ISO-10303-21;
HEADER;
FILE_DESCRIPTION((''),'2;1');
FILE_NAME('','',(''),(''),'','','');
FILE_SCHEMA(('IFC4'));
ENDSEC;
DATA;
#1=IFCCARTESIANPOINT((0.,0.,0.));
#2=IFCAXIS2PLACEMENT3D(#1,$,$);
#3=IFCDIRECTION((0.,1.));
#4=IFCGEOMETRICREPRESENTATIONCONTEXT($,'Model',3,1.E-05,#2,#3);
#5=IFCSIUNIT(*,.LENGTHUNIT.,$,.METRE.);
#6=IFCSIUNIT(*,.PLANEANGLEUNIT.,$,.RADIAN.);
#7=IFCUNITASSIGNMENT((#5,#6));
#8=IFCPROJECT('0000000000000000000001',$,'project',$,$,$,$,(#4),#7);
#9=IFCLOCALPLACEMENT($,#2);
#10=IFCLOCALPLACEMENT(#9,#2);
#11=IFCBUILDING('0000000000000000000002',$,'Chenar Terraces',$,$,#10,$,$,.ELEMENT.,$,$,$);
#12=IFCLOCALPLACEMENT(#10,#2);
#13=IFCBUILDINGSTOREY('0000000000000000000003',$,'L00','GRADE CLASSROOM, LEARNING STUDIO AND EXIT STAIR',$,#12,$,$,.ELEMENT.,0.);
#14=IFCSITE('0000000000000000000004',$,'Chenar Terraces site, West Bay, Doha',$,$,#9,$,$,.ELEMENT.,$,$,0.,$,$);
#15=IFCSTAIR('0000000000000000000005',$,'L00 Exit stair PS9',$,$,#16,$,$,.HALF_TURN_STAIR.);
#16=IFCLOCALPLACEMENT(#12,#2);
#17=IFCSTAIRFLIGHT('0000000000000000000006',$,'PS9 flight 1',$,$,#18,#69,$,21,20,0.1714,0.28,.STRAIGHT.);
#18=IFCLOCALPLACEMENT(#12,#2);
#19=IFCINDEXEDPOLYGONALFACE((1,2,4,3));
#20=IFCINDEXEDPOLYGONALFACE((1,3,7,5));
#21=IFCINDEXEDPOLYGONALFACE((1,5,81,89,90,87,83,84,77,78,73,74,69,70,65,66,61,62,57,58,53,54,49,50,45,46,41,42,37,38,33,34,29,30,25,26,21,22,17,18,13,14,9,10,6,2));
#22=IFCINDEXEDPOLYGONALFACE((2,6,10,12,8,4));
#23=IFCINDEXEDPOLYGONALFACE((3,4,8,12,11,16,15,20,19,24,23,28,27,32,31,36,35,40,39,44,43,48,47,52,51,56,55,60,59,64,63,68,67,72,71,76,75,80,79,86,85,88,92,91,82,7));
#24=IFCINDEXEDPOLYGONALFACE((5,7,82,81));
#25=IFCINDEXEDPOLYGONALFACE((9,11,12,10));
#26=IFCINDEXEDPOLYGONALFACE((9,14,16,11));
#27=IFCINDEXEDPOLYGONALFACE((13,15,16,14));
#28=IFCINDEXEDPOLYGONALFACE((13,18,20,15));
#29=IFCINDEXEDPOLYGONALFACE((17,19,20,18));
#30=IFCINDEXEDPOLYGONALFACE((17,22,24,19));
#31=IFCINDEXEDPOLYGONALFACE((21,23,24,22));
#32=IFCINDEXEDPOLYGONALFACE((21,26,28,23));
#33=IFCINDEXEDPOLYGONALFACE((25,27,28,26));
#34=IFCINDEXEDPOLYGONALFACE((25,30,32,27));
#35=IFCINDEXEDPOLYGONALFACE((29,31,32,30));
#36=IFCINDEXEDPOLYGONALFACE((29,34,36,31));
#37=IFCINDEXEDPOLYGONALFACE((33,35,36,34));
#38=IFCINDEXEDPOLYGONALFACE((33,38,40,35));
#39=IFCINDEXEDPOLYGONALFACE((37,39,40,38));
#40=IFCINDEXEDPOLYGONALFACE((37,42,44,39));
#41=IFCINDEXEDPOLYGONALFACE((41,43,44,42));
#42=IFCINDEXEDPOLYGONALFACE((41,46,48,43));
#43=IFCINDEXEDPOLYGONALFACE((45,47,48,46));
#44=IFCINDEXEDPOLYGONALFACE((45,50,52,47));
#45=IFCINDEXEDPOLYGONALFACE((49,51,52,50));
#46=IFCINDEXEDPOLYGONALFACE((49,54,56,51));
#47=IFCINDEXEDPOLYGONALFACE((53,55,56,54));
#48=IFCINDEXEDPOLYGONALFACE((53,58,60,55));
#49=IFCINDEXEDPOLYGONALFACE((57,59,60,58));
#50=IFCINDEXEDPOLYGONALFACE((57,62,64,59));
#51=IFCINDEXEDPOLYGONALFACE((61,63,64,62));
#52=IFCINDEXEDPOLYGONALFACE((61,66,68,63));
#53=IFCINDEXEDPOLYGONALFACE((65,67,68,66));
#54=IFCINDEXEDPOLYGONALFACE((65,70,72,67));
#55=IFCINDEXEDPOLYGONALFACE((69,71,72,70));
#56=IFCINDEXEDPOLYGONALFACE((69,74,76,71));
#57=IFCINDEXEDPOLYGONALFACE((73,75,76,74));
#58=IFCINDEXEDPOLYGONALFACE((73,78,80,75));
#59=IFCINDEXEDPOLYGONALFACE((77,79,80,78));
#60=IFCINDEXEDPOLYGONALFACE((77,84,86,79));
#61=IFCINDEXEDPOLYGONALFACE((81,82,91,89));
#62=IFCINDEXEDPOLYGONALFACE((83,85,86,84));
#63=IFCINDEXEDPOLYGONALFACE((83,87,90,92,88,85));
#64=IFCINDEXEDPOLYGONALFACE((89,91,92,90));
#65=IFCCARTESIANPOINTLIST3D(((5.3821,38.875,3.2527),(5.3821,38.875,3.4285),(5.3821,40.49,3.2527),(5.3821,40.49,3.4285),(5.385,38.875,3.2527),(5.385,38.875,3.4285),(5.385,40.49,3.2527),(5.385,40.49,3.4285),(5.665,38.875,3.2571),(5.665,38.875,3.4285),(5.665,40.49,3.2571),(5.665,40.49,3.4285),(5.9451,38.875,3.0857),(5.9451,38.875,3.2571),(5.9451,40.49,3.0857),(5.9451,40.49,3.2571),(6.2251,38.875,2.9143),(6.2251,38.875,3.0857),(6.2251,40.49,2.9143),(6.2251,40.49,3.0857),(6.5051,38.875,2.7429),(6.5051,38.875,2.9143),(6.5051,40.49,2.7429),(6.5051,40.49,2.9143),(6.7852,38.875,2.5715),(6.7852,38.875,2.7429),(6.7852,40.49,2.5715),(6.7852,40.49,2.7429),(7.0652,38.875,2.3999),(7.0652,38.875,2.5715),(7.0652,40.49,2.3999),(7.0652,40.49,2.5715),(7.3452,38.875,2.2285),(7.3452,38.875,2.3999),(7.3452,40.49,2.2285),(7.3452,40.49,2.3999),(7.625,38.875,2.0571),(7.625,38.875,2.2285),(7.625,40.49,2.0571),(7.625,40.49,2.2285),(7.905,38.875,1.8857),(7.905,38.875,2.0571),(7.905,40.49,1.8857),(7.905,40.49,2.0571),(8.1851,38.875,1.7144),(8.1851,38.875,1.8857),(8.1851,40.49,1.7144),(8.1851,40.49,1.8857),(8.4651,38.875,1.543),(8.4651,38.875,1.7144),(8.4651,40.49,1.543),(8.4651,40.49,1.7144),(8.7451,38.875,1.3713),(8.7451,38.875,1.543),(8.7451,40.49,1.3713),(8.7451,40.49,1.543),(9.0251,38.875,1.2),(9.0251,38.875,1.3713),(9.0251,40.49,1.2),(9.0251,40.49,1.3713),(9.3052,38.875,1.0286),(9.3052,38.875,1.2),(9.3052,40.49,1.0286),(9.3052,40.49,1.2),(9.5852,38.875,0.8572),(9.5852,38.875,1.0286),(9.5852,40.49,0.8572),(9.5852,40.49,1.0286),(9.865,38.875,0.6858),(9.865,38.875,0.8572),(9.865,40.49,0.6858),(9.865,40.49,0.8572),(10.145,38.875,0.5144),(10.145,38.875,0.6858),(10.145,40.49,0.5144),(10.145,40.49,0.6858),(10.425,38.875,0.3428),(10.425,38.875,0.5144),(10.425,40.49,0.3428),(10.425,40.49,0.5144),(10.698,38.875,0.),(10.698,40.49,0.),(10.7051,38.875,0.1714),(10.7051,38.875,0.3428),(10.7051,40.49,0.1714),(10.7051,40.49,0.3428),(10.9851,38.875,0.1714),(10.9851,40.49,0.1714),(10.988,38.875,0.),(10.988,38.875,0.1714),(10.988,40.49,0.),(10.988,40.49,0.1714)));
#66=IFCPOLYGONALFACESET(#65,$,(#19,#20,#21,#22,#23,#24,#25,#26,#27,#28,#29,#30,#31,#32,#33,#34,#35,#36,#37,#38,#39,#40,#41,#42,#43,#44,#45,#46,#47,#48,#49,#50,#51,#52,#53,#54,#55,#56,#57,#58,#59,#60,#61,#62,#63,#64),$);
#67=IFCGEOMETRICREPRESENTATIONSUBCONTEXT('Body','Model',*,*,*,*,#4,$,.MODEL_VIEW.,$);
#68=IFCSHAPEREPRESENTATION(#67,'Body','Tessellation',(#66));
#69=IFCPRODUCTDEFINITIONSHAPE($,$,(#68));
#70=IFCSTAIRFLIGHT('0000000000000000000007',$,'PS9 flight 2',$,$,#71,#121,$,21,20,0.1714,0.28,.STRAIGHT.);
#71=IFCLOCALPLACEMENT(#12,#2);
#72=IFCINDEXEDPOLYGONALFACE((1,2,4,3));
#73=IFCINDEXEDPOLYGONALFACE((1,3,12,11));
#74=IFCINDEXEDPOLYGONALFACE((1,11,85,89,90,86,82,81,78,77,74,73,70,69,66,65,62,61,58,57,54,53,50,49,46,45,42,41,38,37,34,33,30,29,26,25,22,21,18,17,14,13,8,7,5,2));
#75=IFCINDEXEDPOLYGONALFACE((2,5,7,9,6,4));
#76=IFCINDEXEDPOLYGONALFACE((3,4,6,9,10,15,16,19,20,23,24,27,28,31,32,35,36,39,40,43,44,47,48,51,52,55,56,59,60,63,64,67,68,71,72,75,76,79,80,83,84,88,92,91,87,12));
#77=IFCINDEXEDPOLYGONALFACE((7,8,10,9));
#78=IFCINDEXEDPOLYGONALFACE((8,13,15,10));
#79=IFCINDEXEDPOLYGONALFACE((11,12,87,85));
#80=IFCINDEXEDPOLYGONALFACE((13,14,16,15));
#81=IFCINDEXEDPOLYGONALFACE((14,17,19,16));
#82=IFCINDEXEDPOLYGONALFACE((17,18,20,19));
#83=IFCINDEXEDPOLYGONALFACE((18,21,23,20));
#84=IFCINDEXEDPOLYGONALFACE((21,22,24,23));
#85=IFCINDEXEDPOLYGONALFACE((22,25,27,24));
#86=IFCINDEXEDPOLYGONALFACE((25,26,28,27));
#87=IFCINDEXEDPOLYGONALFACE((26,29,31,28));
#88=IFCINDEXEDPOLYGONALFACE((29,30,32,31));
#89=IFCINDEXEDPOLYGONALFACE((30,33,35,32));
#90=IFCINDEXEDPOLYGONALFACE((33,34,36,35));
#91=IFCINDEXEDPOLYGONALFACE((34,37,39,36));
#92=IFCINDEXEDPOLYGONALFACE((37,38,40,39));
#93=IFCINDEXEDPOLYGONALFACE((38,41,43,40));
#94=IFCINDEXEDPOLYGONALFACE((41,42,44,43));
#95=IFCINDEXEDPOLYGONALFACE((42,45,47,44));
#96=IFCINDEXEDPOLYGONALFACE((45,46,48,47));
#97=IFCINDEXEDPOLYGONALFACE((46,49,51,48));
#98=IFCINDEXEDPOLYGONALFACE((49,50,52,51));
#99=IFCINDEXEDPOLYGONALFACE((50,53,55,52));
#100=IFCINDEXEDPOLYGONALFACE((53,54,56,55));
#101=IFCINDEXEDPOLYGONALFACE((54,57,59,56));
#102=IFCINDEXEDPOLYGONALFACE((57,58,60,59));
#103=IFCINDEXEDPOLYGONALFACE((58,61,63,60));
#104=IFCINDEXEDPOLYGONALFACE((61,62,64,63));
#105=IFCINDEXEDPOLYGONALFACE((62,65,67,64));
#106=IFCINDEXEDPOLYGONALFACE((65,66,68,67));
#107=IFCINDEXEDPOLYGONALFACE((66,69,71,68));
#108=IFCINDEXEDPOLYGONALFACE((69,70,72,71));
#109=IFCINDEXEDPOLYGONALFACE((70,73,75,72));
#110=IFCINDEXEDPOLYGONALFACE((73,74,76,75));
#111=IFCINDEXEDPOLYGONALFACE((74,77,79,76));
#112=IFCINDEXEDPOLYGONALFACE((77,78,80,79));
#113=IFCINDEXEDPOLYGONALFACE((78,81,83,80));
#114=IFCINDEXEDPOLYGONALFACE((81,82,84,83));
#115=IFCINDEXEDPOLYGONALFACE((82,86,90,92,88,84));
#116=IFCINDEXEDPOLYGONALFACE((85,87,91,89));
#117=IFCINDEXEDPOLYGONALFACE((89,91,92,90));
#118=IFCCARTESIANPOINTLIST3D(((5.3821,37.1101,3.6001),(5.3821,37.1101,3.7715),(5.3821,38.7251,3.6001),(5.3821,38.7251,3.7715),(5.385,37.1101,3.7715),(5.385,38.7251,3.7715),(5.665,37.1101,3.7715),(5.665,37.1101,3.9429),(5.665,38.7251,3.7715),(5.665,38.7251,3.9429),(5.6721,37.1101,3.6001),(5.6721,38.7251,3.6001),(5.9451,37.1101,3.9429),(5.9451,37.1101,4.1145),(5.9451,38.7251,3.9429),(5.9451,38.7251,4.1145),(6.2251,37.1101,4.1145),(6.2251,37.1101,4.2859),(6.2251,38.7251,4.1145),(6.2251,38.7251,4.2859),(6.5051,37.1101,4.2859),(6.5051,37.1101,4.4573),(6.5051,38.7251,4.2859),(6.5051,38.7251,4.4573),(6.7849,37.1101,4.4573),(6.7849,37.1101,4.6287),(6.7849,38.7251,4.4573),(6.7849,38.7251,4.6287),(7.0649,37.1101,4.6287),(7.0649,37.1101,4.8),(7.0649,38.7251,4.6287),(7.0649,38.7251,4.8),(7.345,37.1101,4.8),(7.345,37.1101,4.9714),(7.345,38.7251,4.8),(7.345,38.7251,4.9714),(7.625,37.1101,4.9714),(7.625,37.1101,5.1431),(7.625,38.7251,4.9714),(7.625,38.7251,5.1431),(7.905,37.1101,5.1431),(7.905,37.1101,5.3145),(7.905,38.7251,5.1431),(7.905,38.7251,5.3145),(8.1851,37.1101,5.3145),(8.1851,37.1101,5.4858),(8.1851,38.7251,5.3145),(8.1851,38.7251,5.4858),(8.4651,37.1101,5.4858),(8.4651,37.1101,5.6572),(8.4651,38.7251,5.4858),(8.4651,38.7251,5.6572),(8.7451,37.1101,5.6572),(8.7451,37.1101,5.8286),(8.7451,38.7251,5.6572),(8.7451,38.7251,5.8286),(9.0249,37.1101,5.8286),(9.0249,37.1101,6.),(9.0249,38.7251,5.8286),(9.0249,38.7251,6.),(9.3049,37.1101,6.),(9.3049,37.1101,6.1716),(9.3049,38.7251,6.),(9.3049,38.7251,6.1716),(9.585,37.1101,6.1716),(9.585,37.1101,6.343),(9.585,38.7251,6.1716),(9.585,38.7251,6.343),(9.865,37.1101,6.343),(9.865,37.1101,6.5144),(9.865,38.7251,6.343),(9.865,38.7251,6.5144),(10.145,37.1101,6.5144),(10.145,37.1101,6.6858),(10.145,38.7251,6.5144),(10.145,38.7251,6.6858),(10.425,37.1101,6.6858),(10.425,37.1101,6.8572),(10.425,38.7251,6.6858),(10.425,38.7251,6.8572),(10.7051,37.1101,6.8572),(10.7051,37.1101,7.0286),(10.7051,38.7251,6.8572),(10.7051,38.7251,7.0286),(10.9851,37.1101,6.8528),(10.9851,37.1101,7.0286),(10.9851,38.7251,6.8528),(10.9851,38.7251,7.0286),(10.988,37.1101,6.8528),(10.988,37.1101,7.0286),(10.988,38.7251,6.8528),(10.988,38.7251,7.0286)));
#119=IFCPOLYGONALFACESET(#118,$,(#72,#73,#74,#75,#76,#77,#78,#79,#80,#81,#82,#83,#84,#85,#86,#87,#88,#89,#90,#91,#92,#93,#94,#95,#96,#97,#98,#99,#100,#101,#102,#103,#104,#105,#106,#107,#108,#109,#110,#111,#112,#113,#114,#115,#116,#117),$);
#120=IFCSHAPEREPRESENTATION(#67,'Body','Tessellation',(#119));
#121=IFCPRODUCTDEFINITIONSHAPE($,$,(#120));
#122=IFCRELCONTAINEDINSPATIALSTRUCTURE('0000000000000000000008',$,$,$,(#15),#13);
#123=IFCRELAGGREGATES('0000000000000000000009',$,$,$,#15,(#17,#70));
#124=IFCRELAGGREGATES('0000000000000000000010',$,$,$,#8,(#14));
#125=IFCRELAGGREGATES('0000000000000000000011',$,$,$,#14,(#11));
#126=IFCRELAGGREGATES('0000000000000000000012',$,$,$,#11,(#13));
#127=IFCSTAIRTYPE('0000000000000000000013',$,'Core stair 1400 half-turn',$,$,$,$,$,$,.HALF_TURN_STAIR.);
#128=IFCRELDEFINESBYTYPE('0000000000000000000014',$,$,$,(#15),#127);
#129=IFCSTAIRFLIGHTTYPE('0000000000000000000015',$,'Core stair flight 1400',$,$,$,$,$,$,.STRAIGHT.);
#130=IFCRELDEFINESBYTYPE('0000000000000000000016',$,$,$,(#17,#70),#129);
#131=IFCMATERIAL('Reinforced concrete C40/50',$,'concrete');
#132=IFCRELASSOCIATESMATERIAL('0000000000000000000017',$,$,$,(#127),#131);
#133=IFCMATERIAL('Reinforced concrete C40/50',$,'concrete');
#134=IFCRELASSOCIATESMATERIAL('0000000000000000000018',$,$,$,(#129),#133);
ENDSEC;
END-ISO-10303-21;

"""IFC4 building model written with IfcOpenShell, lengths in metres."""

from ifc_helpers import new_model, si_unit, direction, frame, origin, place, context, subcontext, project, spatial, polyline, outline, extrude, material, type_object, element, aggregate, save


model = new_model("IFC4")

# Units and contexts
model_context = context("Model", 3, precision=1e-05, world=origin(), true_north=direction((0.0, 1.0)))
body_context = subcontext(model_context, "Body", "Model", "MODEL_VIEW")
ifc_project = project(units=[si_unit("LENGTHUNIT", "METRE"), si_unit("PLANEANGLEUNIT", "RADIAN")], contexts=[model_context])

# Site, building, storey
site_placement = place(None, origin())
site = spatial("IfcSite", under=ifc_project, at=site_placement, Name="Chenar Terraces site, West Bay, Doha", CompositionType="ELEMENT", RefElevation=0.0)
building_placement = place(site_placement, origin())
building = spatial("IfcBuilding", under=site, at=building_placement, Name="Chenar Terraces", CompositionType="ELEMENT")
storey_placement = place(building_placement, origin())
storey = spatial("IfcBuildingStorey", under=building, at=storey_placement, Name="L00", Description="GRADE CLASSROOM, LEARNING STUDIO AND EXIT STAIR", CompositionType="ELEMENT", Elevation=0.0)

# Stair, stair flights
ifc_material_1 = material(Name="Reinforced concrete C40/50", Category="concrete")
stair_type = type_object("IfcStairType", Name="Core stair 1400 half-turn", PredefinedType="HALF_TURN_STAIR", material=ifc_material_1)
placement = place(storey_placement, origin())
ifc_material_2 = material(Name="Reinforced concrete C40/50", Category="concrete")
stair_flight_type = type_object("IfcStairFlightType", Name="Core stair flight 1400", PredefinedType="STRAIGHT", material=ifc_material_2)
stair_1 = element("IfcStair", 1, at=placement, inside=storey, type_object=stair_type, Name="L00 Exit stair PS9", PredefinedType="HALF_TURN_STAIR")
stair_flight_1_placement = place(storey_placement, frame((10.9851, 39.6826, 0.0), z_axis=(0.0, 0.0, 1.0), x_axis=(-1.0, 0.0, 0.0)))
stair_flight_1 = element("IfcStairFlight", 2, at=stair_flight_1_placement, type_object=stair_flight_type, Name="PS9 flight 1", NumberOfRisers=21, NumberOfTreads=20, PredefinedType="STRAIGHT", RiserHeight=0.1714, TreadLength=0.28, context=body_context, shape_type="SweptSolid", body=[
    extrude(outline(polyline([(-0.0029, 0.0), (-0.0029, 0.1714), (0.0, 0.1714), (0.28, 0.1714), (0.28, 0.3428), (0.5601, 0.3428), (0.5601, 0.5144), (0.8401, 0.5144), (0.8401, 0.6858), (1.1201, 0.6858), (1.1201, 0.8572), (1.3999, 0.8572), (1.3999, 1.0286), (1.6799, 1.0286), (1.6799, 1.2), (1.96, 1.2), (1.96, 1.3713), (2.24, 1.3713), (2.24, 1.543), (2.52, 1.543), (2.52, 1.7144), (2.8, 1.7144), (2.8, 1.8857), (3.0801, 1.8857), (3.0801, 2.0571), (3.3601, 2.0571), (3.3601, 2.2285), (3.6399, 2.2285), (3.6399, 2.3999), (3.9199, 2.3999), (3.9199, 2.5715), (4.2, 2.5715), (4.2, 2.7429), (4.48, 2.7429), (4.48, 2.9143), (4.76, 2.9143), (4.76, 3.0857), (5.04, 3.0857), (5.04, 3.2571), (5.3201, 3.2571), (5.3201, 3.4285), (5.6001, 3.4285), (5.603, 3.4285), (5.603, 3.2527), (5.6001, 3.2527), (0.2871, 0.0), (-0.0029, 0.0)])), frame((0.0, 0.8076, 0.0), z_axis=(0.0, -1.0, 0.0), x_axis=(1.0, 0.0, 0.0)), (0.0, 0.0, 1.0), 1.615),
])
stair_flight_2_placement = place(storey_placement, frame((5.385, 37.9175, 3.6001), z_axis=(0.0, 0.0, 1.0), x_axis=(1.0, 0.0, 0.0)))
stair_flight_2 = element("IfcStairFlight", 3, at=stair_flight_2_placement, type_object=stair_flight_type, Name="PS9 flight 2", NumberOfRisers=21, NumberOfTreads=20, PredefinedType="STRAIGHT", RiserHeight=0.1714, TreadLength=0.28, context=body_context, shape_type="SweptSolid", body=[
    extrude(outline(polyline([(-0.0029, 0.0), (-0.0029, 0.1714), (0.0, 0.1714), (0.28, 0.1714), (0.28, 0.3428), (0.5601, 0.3428), (0.5601, 0.5144), (0.8401, 0.5144), (0.8401, 0.6858), (1.1201, 0.6858), (1.1201, 0.8572), (1.3999, 0.8572), (1.3999, 1.0286), (1.6799, 1.0286), (1.6799, 1.2), (1.96, 1.2), (1.96, 1.3713), (2.24, 1.3713), (2.24, 1.543), (2.52, 1.543), (2.52, 1.7144), (2.8, 1.7144), (2.8, 1.8857), (3.0801, 1.8857), (3.0801, 2.0571), (3.3601, 2.0571), (3.3601, 2.2285), (3.6399, 2.2285), (3.6399, 2.3999), (3.9199, 2.3999), (3.9199, 2.5715), (4.2, 2.5715), (4.2, 2.7429), (4.48, 2.7429), (4.48, 2.9143), (4.76, 2.9143), (4.76, 3.0857), (5.04, 3.0857), (5.04, 3.2571), (5.3201, 3.2571), (5.3201, 3.4285), (5.6001, 3.4285), (5.603, 3.4285), (5.603, 3.2527), (5.6001, 3.2527), (0.2871, 0.0), (-0.0029, 0.0)])), frame((0.0, 0.8076, 0.0), z_axis=(0.0, -1.0, 0.0), x_axis=(1.0, 0.0, 0.0)), (0.0, 0.0, 1.0), 1.615),
])
aggregate(stair_1, [stair_flight_1, stair_flight_2])

save(model, "model.ifc")
